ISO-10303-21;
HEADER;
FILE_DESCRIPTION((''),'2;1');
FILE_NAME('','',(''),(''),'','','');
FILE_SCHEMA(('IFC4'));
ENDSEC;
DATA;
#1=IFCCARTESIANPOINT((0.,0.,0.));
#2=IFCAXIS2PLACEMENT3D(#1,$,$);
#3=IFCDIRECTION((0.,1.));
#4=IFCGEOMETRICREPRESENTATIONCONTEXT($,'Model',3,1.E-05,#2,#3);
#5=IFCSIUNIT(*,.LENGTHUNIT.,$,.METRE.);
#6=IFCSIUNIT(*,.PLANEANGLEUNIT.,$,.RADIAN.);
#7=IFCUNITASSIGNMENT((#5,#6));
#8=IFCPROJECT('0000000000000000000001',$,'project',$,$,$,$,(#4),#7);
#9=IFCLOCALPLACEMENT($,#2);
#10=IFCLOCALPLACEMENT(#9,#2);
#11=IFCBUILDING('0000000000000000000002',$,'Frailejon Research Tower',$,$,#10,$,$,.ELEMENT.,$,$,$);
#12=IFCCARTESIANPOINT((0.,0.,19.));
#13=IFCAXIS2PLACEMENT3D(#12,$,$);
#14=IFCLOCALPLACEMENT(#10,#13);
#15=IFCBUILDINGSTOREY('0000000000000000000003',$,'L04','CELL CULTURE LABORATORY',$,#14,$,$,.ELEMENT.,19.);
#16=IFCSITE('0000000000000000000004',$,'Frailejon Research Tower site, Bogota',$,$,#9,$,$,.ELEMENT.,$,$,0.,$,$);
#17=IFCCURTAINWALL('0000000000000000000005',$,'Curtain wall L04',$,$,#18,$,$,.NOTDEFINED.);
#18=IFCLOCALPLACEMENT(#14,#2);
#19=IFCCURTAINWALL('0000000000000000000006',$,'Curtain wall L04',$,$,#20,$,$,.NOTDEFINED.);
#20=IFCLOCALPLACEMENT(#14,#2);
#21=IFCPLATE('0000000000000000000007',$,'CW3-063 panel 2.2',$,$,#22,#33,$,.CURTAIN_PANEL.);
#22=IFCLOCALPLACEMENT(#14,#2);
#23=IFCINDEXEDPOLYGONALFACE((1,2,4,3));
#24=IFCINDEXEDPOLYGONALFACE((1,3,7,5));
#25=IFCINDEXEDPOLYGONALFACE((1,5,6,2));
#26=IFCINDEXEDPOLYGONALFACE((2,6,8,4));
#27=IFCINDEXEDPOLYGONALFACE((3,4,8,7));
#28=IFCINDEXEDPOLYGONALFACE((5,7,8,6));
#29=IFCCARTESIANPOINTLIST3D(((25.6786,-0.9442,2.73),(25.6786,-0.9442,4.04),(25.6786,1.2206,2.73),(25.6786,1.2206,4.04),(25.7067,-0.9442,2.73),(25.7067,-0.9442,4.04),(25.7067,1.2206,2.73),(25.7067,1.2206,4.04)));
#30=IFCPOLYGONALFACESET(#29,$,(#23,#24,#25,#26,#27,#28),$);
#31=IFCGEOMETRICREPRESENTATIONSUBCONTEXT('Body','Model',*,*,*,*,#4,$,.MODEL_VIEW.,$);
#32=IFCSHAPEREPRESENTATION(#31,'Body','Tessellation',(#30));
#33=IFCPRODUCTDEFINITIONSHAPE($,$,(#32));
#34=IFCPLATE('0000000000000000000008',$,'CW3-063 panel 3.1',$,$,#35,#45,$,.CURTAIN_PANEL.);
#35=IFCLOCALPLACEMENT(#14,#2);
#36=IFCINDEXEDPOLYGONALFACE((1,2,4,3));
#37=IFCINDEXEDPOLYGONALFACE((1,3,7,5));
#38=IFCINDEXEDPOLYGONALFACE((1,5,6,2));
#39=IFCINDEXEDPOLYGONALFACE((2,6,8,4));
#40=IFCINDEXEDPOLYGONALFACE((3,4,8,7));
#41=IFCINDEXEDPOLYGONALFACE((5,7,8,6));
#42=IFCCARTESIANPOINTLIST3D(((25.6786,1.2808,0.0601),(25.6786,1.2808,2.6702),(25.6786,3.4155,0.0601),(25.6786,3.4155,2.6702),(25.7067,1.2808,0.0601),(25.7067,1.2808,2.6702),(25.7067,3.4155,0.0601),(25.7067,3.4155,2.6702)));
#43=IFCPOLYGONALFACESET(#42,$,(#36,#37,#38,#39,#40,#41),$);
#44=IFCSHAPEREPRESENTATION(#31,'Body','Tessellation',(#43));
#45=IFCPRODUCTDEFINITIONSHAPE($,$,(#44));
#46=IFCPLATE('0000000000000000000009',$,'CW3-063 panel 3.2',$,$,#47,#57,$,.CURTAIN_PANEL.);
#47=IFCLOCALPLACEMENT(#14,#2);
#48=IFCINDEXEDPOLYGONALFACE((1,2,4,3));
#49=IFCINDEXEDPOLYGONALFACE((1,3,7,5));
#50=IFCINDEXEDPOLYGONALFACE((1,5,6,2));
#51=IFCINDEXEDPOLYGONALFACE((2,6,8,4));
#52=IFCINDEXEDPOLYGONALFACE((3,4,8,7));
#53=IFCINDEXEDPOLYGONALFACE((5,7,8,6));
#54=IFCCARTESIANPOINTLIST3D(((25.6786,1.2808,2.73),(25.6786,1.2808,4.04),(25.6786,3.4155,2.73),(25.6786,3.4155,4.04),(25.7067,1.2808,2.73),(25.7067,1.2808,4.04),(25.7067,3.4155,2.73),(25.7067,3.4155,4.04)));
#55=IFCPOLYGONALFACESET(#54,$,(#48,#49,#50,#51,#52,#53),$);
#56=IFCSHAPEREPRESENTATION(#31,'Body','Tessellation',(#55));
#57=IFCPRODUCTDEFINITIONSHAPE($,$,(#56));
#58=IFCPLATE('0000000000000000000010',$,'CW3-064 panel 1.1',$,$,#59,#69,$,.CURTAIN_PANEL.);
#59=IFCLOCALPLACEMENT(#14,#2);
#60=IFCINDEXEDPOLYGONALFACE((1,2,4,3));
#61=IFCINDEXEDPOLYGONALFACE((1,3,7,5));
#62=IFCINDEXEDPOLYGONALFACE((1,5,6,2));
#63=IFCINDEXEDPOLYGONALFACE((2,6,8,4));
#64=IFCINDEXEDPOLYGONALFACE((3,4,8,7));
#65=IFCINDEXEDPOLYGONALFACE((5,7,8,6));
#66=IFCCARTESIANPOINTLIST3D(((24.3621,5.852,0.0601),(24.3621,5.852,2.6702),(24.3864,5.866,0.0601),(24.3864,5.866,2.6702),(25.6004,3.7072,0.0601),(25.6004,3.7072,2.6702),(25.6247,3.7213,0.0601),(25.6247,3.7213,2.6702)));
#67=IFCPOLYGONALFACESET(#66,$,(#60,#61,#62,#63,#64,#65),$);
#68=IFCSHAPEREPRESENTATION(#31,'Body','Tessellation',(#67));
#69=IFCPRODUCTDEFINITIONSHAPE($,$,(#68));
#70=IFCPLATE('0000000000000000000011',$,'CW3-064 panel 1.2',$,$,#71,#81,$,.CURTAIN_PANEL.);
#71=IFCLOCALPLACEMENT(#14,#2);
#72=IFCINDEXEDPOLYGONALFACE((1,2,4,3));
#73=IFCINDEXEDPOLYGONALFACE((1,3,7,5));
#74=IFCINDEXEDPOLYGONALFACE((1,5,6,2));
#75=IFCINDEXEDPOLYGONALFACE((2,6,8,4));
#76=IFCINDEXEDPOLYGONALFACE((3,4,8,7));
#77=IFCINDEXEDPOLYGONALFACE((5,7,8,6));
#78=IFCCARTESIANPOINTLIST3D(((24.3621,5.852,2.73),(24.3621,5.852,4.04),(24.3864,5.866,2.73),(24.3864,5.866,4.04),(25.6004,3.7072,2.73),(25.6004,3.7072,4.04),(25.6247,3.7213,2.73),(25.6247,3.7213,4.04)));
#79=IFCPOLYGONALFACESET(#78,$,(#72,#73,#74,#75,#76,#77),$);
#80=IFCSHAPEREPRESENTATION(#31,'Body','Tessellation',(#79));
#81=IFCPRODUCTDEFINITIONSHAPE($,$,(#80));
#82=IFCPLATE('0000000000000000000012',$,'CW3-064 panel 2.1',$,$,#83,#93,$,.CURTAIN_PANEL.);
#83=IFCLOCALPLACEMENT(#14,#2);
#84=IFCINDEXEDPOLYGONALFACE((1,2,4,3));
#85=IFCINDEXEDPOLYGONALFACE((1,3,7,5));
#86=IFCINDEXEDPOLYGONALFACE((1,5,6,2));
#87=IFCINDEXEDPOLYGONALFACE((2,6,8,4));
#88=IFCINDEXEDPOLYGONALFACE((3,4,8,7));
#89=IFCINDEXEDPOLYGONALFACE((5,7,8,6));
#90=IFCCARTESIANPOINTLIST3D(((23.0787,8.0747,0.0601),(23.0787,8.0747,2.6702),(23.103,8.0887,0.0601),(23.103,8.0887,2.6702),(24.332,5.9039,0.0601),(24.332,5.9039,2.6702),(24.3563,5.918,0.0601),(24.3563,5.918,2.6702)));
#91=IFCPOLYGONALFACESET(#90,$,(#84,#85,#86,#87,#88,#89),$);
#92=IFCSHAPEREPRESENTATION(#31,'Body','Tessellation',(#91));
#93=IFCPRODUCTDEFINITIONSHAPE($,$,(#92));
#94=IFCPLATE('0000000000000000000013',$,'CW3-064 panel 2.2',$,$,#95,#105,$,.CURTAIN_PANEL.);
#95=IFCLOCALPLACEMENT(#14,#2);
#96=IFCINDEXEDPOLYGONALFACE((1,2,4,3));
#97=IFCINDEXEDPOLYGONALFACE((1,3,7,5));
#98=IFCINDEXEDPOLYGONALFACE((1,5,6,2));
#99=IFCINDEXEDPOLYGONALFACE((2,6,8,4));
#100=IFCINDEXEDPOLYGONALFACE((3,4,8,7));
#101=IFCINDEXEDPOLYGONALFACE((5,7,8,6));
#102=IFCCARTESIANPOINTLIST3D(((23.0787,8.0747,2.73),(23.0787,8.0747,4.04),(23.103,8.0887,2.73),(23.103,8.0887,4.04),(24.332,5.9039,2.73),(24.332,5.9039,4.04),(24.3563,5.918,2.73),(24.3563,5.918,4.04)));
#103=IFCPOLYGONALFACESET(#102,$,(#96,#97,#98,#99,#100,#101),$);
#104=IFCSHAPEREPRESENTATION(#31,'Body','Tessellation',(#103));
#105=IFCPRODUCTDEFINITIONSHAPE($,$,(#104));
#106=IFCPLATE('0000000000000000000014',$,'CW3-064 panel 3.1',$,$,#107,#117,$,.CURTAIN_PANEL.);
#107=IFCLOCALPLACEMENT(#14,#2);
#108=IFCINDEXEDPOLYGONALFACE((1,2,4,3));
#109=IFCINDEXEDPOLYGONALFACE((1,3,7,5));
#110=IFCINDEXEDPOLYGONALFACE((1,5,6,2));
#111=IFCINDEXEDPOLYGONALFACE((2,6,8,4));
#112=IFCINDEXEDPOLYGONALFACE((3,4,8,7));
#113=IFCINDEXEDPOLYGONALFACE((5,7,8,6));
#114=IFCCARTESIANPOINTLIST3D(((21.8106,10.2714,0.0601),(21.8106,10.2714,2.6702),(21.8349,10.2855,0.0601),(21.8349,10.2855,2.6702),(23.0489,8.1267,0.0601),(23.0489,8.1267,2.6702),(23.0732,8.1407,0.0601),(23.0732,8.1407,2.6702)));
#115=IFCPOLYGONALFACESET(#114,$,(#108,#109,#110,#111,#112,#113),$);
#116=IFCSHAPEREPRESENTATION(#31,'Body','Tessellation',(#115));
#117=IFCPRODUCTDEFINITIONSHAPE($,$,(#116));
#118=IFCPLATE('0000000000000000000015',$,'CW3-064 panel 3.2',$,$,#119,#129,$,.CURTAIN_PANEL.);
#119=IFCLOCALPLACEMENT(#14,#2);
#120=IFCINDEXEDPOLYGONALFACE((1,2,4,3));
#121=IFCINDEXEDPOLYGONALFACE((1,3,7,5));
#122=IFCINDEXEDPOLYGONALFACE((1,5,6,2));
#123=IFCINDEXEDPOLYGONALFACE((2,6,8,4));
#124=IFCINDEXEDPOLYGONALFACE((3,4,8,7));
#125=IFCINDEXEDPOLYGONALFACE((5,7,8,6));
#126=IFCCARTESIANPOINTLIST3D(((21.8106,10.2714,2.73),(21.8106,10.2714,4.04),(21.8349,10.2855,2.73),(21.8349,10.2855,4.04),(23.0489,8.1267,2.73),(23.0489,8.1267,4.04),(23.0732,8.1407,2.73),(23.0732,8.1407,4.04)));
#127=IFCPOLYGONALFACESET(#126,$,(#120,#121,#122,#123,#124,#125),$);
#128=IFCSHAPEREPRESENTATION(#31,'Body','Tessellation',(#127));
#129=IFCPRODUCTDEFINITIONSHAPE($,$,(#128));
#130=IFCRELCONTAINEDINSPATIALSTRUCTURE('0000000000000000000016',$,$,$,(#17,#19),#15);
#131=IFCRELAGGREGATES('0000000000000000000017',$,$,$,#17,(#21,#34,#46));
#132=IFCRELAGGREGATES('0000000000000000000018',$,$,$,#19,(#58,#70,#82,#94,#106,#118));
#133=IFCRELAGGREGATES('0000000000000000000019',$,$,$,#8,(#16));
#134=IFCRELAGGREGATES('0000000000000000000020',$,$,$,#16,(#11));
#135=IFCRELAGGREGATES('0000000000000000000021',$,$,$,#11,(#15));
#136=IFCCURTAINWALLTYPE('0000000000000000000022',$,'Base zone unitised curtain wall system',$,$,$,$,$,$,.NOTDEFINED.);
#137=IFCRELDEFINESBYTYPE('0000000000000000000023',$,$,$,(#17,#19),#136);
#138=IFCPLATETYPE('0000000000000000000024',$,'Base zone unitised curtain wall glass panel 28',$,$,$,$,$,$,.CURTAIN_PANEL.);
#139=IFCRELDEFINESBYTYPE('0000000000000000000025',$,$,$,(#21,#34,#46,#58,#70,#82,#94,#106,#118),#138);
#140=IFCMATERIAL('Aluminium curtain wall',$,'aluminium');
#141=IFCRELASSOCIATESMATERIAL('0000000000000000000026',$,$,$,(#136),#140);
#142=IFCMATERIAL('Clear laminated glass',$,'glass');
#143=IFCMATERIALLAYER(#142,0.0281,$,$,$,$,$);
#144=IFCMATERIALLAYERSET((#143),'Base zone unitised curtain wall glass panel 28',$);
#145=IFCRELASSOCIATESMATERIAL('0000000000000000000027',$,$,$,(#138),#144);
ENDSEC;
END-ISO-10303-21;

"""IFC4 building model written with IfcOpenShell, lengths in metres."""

from ifc_helpers import new_model, si_unit, direction, frame, origin, origin_2d, place, context, subcontext, project, spatial, rectangle, extrude, material, layer, layer_set, type_object, element, aggregate, save


model = new_model("IFC4")

# Units and contexts
model_context = context("Model", 3, precision=1e-05, world=origin(), true_north=direction((0.0, 1.0)))
body_context = subcontext(model_context, "Body", "Model", "MODEL_VIEW")
ifc_project = project(units=[si_unit("LENGTHUNIT", "METRE"), si_unit("PLANEANGLEUNIT", "RADIAN")], contexts=[model_context])

# Site, building, storey
site_placement = place(None, origin())
site = spatial("IfcSite", under=ifc_project, at=site_placement, Name="Frailejon Research Tower site, Bogota", CompositionType="ELEMENT", RefElevation=0.0)
building_placement = place(site_placement, origin())
building = spatial("IfcBuilding", under=site, at=building_placement, Name="Frailejon Research Tower", CompositionType="ELEMENT")
storey_placement = place(building_placement, frame((0.0, 0.0, 19.0)))
storey = spatial("IfcBuildingStorey", under=building, at=storey_placement, Name="L04", Description="CELL CULTURE LABORATORY", CompositionType="ELEMENT", Elevation=19.0)

# Curtain walls
ifc_material_1 = material(Name="Aluminium curtain wall", Category="aluminium")
curtain_wall_type = type_object("IfcCurtainWallType", Name="Base zone unitised curtain wall system", PredefinedType="NOTDEFINED", material=ifc_material_1)
curtain_wall_1_placement = place(storey_placement, origin())
curtain_wall_1 = element("IfcCurtainWall", 1, at=curtain_wall_1_placement, inside=storey, type_object=curtain_wall_type, Name="Curtain wall L04", PredefinedType="NOTDEFINED")
curtain_wall_2_placement = place(storey_placement, origin())
curtain_wall_2 = element("IfcCurtainWall", 2, at=curtain_wall_2_placement, inside=storey, type_object=curtain_wall_type, Name="Curtain wall L04", PredefinedType="NOTDEFINED")

# Plates
ifc_material_2 = material(Name="Clear laminated glass", Category="glass")
ifc_layer = layer(ifc_material_2, 0.0281)
ifc_layer_set = layer_set([ifc_layer], Name="Base zone unitised curtain wall glass panel 28")
plate_type = type_object("IfcPlateType", Name="Base zone unitised curtain wall glass panel 28", PredefinedType="CURTAIN_PANEL", material=ifc_layer_set)
plate_1_placement = place(storey_placement, frame((25.6926, 0.1382, 2.73), z_axis=(0.0, 0.0, 1.0), x_axis=(0.0, 1.0, 0.0)))
plate_1 = element("IfcPlate", 3, at=plate_1_placement, type_object=plate_type, Name="CW3-063 panel 2.2", PredefinedType="CURTAIN_PANEL", context=body_context, shape_type="SweptSolid", body=[
    extrude(rectangle(XDim=2.1648, YDim=0.0281, at=origin_2d()), origin(), (0.0, 0.0, 1.0), 1.3101),
])
plate_2_placement = place(storey_placement, frame((25.6926, 2.3481, 0.0601), z_axis=(0.0, 0.0, 1.0), x_axis=(0.0, 1.0, 0.0)))
plate_2 = element("IfcPlate", 4, at=plate_2_placement, type_object=plate_type, Name="CW3-063 panel 3.1", PredefinedType="CURTAIN_PANEL", context=body_context, shape_type="SweptSolid", body=[
    extrude(rectangle(XDim=2.1348, YDim=0.0281, at=origin_2d()), origin(), (0.0, 0.0, 1.0), 2.6101),
])
plate_3_placement = place(storey_placement, frame((25.6926, 2.3481, 2.73), z_axis=(0.0, 0.0, 1.0), x_axis=(0.0, 1.0, 0.0)))
plate_3 = element("IfcPlate", 5, at=plate_3_placement, type_object=plate_type, Name="CW3-063 panel 3.2", PredefinedType="CURTAIN_PANEL", context=body_context, shape_type="SweptSolid", body=[
    extrude(rectangle(XDim=2.1348, YDim=0.0281, at=origin_2d()), origin(), (0.0, 0.0, 1.0), 1.3101),
])
aggregate(curtain_wall_1, [plate_1, plate_2, plate_3])
plate_4_placement = place(storey_placement, frame((24.9934, 4.7866, 0.0601), z_axis=(0.0, 0.0, 1.0), x_axis=(-0.500001, 0.866025, 0.0)))
plate_4 = element("IfcPlate", 6, at=plate_4_placement, type_object=plate_type, Name="CW3-064 panel 1.1", PredefinedType="CURTAIN_PANEL", context=body_context, shape_type="SweptSolid", body=[
    extrude(rectangle(XDim=2.4766, YDim=0.0281, at=origin_2d()), origin(), (0.0, 0.0, 1.0), 2.6101),
])
plate_5_placement = place(storey_placement, frame((24.9934, 4.7866, 2.73), z_axis=(0.0, 0.0, 1.0), x_axis=(-0.500001, 0.866025, 0.0)))
plate_5 = element("IfcPlate", 7, at=plate_5_placement, type_object=plate_type, Name="CW3-064 panel 1.2", PredefinedType="CURTAIN_PANEL", context=body_context, shape_type="SweptSolid", body=[
    extrude(rectangle(XDim=2.4766, YDim=0.0281, at=origin_2d()), origin(), (0.0, 0.0, 1.0), 1.3101),
])
plate_6_placement = place(storey_placement, frame((23.7175, 6.9963, 0.0601), z_axis=(0.0, 0.0, 1.0), x_axis=(-0.500001, 0.866025, 0.0)))
plate_6 = element("IfcPlate", 8, at=plate_6_placement, type_object=plate_type, Name="CW3-064 panel 2.1", PredefinedType="CURTAIN_PANEL", context=body_context, shape_type="SweptSolid", body=[
    extrude(rectangle(XDim=2.5066, YDim=0.0281, at=origin_2d()), origin(), (0.0, 0.0, 1.0), 2.6101),
])
plate_7_placement = place(storey_placement, frame((23.7175, 6.9963, 2.73), z_axis=(0.0, 0.0, 1.0), x_axis=(-0.500001, 0.866025, 0.0)))
plate_7 = element("IfcPlate", 9, at=plate_7_placement, type_object=plate_type, Name="CW3-064 panel 2.2", PredefinedType="CURTAIN_PANEL", context=body_context, shape_type="SweptSolid", body=[
    extrude(rectangle(XDim=2.5066, YDim=0.0281, at=origin_2d()), origin(), (0.0, 0.0, 1.0), 1.3101),
])
plate_8_placement = place(storey_placement, frame((22.4419, 9.2061, 0.0601), z_axis=(0.0, 0.0, 1.0), x_axis=(-0.500001, 0.866025, 0.0)))
plate_8 = element("IfcPlate", 10, at=plate_8_placement, type_object=plate_type, Name="CW3-064 panel 3.1", PredefinedType="CURTAIN_PANEL", context=body_context, shape_type="SweptSolid", body=[
    extrude(rectangle(XDim=2.4766, YDim=0.0281, at=origin_2d()), origin(), (0.0, 0.0, 1.0), 2.6101),
])
plate_9_placement = place(storey_placement, frame((22.4419, 9.2061, 2.73), z_axis=(0.0, 0.0, 1.0), x_axis=(-0.500001, 0.866025, 0.0)))
plate_9 = element("IfcPlate", 11, at=plate_9_placement, type_object=plate_type, Name="CW3-064 panel 3.2", PredefinedType="CURTAIN_PANEL", context=body_context, shape_type="SweptSolid", body=[
    extrude(rectangle(XDim=2.4766, YDim=0.0281, at=origin_2d()), origin(), (0.0, 0.0, 1.0), 1.3101),
])
aggregate(curtain_wall_2, [plate_4, plate_5, plate_6, plate_7, plate_8, plate_9])

save(model, "model.ifc")
